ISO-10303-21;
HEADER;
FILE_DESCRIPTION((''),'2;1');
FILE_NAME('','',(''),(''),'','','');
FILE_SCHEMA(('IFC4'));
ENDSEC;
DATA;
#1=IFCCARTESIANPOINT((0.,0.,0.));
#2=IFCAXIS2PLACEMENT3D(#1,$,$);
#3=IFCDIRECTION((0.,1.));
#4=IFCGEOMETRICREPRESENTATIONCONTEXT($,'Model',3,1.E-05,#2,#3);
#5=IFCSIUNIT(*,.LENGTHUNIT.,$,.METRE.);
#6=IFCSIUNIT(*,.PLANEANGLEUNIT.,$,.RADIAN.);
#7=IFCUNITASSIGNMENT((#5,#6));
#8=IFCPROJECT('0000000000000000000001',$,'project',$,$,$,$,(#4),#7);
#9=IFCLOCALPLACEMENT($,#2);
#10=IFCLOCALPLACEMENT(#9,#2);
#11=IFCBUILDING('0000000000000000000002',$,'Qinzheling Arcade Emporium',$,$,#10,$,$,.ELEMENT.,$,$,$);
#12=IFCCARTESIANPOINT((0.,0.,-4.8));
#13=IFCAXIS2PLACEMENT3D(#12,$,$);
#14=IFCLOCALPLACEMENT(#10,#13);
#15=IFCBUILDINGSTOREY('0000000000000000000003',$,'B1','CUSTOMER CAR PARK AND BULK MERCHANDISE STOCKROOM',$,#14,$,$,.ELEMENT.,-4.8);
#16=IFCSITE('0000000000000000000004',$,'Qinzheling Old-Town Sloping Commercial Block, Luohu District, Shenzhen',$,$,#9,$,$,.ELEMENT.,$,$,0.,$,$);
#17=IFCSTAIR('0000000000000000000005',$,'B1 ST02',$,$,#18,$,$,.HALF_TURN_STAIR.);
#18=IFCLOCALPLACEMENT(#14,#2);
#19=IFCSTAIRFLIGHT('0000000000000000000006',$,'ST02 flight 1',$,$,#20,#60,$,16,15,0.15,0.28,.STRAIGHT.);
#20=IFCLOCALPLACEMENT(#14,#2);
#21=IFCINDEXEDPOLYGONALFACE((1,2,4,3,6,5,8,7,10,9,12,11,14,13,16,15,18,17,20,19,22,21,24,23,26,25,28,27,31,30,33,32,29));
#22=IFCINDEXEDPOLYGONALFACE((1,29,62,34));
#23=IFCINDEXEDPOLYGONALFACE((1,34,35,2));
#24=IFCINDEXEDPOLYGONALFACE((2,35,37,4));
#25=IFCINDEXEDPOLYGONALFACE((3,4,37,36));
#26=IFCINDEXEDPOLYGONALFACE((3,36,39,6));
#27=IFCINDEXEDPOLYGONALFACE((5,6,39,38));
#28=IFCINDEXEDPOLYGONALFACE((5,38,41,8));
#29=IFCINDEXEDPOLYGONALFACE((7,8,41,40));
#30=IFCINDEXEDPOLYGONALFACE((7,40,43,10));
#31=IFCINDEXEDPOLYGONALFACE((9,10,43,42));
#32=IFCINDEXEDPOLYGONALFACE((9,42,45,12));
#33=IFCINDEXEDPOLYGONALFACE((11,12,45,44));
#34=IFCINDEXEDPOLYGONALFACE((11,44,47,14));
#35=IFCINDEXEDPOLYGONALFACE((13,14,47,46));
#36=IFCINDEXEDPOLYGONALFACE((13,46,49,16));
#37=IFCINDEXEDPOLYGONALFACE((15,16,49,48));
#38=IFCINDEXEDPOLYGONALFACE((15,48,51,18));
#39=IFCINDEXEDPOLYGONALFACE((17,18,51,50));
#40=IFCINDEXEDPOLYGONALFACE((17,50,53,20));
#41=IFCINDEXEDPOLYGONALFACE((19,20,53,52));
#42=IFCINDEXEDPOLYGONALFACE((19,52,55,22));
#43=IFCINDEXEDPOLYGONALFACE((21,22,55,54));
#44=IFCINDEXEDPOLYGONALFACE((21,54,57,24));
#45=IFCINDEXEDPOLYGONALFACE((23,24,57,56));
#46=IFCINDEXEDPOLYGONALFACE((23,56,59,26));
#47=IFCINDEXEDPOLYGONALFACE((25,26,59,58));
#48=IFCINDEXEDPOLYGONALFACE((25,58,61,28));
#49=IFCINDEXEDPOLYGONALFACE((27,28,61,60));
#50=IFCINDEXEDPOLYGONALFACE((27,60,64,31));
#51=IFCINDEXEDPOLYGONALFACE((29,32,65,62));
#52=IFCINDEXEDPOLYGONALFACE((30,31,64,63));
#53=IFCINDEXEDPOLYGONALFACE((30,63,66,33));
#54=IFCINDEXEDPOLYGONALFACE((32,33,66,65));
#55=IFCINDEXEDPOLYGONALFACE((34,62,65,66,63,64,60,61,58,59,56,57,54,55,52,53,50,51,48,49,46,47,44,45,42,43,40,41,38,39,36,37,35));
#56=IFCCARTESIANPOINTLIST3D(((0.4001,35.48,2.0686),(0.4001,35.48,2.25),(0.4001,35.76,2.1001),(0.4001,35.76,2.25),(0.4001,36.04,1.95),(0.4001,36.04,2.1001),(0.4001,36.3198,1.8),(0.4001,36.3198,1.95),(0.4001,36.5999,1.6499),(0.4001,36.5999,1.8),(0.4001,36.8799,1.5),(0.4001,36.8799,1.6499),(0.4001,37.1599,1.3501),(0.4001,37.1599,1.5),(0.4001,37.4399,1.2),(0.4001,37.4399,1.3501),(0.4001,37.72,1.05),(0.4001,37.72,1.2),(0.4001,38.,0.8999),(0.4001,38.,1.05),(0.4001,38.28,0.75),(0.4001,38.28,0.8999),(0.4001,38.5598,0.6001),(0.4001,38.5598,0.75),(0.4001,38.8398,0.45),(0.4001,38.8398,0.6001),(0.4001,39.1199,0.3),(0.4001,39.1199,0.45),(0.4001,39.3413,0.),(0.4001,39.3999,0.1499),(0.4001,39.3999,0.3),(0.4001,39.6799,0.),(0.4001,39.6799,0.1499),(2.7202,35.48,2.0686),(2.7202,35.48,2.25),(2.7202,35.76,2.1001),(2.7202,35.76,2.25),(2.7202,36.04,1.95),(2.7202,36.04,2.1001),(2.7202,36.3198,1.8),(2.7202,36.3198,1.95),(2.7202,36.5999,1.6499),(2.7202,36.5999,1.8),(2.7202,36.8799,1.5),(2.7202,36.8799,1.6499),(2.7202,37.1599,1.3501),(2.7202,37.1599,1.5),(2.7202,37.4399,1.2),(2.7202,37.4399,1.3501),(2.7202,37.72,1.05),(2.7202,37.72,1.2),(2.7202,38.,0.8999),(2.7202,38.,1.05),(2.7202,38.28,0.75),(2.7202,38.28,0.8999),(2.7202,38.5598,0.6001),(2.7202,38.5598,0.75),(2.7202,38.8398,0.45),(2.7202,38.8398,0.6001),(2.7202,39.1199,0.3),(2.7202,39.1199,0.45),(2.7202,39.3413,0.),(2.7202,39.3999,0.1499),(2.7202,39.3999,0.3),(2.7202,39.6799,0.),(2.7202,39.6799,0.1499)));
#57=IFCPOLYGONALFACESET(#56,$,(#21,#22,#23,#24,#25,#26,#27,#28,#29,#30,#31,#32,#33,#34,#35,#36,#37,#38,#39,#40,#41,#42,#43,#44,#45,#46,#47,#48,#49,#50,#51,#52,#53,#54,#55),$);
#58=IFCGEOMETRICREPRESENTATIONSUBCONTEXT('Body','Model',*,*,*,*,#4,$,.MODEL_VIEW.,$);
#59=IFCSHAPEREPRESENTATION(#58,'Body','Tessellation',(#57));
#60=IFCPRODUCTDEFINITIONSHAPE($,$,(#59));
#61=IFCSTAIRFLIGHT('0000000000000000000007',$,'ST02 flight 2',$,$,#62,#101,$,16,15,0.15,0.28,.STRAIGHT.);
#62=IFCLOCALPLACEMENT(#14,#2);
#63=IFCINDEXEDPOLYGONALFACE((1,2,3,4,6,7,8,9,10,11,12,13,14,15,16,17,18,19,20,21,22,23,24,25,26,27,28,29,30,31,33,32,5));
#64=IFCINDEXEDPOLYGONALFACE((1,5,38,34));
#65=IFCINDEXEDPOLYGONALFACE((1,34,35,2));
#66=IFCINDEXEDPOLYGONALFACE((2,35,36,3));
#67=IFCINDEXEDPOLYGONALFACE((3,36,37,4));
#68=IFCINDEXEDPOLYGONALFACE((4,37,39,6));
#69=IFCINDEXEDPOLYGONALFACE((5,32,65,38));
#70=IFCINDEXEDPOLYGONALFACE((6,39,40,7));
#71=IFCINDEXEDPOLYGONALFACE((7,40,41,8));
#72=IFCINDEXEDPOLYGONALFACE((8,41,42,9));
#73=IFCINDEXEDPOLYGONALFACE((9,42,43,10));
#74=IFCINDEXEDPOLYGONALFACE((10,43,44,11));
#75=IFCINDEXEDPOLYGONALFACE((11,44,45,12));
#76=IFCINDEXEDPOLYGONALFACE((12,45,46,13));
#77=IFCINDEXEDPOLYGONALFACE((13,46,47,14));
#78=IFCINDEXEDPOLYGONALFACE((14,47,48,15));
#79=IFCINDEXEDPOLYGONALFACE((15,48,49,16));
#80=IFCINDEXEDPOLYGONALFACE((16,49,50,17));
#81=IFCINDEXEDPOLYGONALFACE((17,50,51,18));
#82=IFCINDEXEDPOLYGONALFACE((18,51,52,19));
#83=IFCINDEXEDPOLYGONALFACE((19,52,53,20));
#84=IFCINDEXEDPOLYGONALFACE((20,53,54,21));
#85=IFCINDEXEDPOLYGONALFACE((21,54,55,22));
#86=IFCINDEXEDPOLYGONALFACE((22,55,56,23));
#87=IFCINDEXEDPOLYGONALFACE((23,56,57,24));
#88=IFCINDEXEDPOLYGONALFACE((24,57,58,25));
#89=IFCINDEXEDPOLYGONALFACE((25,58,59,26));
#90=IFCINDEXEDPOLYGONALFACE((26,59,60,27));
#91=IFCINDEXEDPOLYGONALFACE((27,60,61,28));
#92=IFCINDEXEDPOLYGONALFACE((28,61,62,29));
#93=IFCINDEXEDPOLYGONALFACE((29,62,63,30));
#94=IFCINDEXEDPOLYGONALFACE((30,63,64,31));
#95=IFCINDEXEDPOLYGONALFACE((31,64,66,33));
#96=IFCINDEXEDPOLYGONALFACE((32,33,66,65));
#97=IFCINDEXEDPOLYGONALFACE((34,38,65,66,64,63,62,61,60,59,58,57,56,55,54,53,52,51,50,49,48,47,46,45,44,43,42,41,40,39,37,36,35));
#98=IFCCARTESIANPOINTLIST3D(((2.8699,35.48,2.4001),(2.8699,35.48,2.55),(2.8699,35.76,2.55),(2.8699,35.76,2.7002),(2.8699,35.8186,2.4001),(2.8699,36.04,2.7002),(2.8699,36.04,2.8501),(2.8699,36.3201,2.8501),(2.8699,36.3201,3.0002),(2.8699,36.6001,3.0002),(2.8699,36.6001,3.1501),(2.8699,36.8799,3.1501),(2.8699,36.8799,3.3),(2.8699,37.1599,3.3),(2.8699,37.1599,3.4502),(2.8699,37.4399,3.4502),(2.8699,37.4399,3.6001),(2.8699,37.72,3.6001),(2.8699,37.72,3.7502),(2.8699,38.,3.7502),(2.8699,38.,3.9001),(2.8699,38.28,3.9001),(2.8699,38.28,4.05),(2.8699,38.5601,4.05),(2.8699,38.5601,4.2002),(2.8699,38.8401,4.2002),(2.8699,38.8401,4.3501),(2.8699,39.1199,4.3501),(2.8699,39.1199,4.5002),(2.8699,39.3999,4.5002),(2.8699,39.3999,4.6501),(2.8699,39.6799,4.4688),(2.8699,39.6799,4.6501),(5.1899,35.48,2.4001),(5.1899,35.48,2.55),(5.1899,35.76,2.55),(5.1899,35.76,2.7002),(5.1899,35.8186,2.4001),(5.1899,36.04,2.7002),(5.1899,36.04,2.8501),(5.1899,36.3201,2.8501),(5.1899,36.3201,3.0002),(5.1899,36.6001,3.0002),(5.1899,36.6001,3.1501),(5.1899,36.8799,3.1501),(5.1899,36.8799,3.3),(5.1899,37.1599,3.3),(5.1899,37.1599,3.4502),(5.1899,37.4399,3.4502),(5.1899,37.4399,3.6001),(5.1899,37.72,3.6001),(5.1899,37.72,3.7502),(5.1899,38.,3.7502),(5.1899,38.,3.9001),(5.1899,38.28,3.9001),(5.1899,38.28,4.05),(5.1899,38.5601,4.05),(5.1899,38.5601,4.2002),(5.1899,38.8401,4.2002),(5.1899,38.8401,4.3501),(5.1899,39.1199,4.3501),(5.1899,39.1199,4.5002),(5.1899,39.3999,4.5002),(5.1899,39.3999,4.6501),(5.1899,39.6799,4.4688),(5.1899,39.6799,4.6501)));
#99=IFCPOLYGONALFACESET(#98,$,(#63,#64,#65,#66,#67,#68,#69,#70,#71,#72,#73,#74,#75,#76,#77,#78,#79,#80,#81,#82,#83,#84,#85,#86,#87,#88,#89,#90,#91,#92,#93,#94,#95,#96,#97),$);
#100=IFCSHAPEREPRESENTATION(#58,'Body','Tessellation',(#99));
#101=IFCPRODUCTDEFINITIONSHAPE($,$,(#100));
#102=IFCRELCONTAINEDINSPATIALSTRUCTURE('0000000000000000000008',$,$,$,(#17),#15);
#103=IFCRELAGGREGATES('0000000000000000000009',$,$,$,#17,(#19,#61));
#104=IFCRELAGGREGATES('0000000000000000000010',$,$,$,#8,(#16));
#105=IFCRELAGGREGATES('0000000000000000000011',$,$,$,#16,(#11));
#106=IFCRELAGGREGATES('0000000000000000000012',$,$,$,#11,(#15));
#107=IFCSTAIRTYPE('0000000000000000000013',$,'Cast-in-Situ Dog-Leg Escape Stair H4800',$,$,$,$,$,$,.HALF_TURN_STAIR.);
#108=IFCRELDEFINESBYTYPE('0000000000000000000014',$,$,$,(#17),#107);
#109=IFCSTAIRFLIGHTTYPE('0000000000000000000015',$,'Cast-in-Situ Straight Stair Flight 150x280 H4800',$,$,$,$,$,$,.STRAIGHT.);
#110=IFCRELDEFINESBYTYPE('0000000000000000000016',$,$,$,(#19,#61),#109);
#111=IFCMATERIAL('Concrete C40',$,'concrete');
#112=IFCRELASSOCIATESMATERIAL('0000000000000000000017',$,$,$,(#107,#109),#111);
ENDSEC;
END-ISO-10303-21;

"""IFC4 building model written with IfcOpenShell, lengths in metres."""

from ifc_helpers import new_model, si_unit, direction, frame, origin, place, context, subcontext, project, spatial, polyline, outline, extrude, material, type_object, element, aggregate, save


model = new_model("IFC4")

# Units and contexts
model_context = context("Model", 3, precision=1e-05, world=origin(), true_north=direction((0.0, 1.0)))
body_context = subcontext(model_context, "Body", "Model", "MODEL_VIEW")
ifc_project = project(units=[si_unit("LENGTHUNIT", "METRE"), si_unit("PLANEANGLEUNIT", "RADIAN")], contexts=[model_context])

# Site, building, storey
site_placement = place(None, origin())
site = spatial("IfcSite", under=ifc_project, at=site_placement, Name="Qinzheling Old-Town Sloping Commercial Block, Luohu District, Shenzhen", CompositionType="ELEMENT", RefElevation=0.0)
building_placement = place(site_placement, origin())
building = spatial("IfcBuilding", under=site, at=building_placement, Name="Qinzheling Arcade Emporium", CompositionType="ELEMENT")
storey_placement = place(building_placement, frame((0.0, 0.0, -4.8)))
storey = spatial("IfcBuildingStorey", under=building, at=storey_placement, Name="B1", Description="CUSTOMER CAR PARK AND BULK MERCHANDISE STOCKROOM", CompositionType="ELEMENT", Elevation=-4.8)

# Shared definitions
ifc_material_1 = material(Name="Concrete C40", Category="concrete")

# Stair, stair flights
stair_type = type_object("IfcStairType", Name="Cast-in-Situ Dog-Leg Escape Stair H4800", PredefinedType="HALF_TURN_STAIR", material=ifc_material_1)
stair_placement = place(storey_placement, origin())
stair = element("IfcStair", 1, at=stair_placement, inside=storey, type_object=stair_type, Name="B1 ST02", PredefinedType="HALF_TURN_STAIR")
stair_flight_type = type_object("IfcStairFlightType", Name="Cast-in-Situ Straight Stair Flight 150x280 H4800", PredefinedType="STRAIGHT", material=ifc_material_1)
stair_flight_1_placement = place(storey_placement, frame((1.5601, 39.6799, 0.0), z_axis=(0.0, 0.0, 1.0), x_axis=(0.0, -1.0, 0.0)))
stair_flight_1 = element("IfcStairFlight", 2, at=stair_flight_1_placement, type_object=stair_flight_type, Name="ST02 flight 1", NumberOfRisers=16, NumberOfTreads=15, PredefinedType="STRAIGHT", RiserHeight=0.15, TreadLength=0.28, context=body_context, shape_type="SweptSolid", body=[
    extrude(outline(polyline([(0.0, 0.0), (0.0, 0.1499), (0.28, 0.1499), (0.28, 0.3), (0.5601, 0.3), (0.5601, 0.45), (0.8401, 0.45), (0.8401, 0.6001), (1.1201, 0.6001), (1.1201, 0.75), (1.3999, 0.75), (1.3999, 0.8999), (1.6799, 0.8999), (1.6799, 1.05), (1.96, 1.05), (1.96, 1.2), (2.24, 1.2), (2.24, 1.3501), (2.52, 1.3501), (2.52, 1.5), (2.8, 1.5), (2.8, 1.6499), (3.0801, 1.6499), (3.0801, 1.8), (3.3601, 1.8), (3.3601, 1.95), (3.6399, 1.95), (3.6399, 2.1001), (3.9199, 2.1001), (3.9199, 2.25), (4.2, 2.25), (4.2, 2.3999), (4.2, 2.0686), (0.3386, 0.0), (0.0, 0.0)])), frame((0.0, 1.1602, 0.0), z_axis=(0.0, -1.0, 0.0), x_axis=(1.0, 0.0, 0.0)), (0.0, 0.0, 1.0), 2.3201),
])
stair_flight_2_placement = place(storey_placement, frame((4.03, 35.48, 2.4001), z_axis=(0.0, 0.0, 1.0), x_axis=(0.0, 1.0, 0.0)))
stair_flight_2 = element("IfcStairFlight", 3, at=stair_flight_2_placement, type_object=stair_flight_type, Name="ST02 flight 2", NumberOfRisers=16, NumberOfTreads=15, PredefinedType="STRAIGHT", RiserHeight=0.15, TreadLength=0.28, context=body_context, shape_type="SweptSolid", body=[
    extrude(outline(polyline([(0.0, 0.0), (0.0, 0.1499), (0.28, 0.1499), (0.28, 0.3), (0.5601, 0.3), (0.5601, 0.45), (0.8401, 0.45), (0.8401, 0.6001), (1.1201, 0.6001), (1.1201, 0.75), (1.3999, 0.75), (1.3999, 0.8999), (1.6799, 0.8999), (1.6799, 1.05), (1.96, 1.05), (1.96, 1.2), (2.24, 1.2), (2.24, 1.3501), (2.52, 1.3501), (2.52, 1.5), (2.8, 1.5), (2.8, 1.6499), (3.0801, 1.6499), (3.0801, 1.8), (3.3601, 1.8), (3.3601, 1.95), (3.6399, 1.95), (3.6399, 2.1001), (3.9199, 2.1001), (3.9199, 2.25), (4.2, 2.25), (4.2, 2.3999), (4.2, 2.0686), (0.3386, 0.0), (0.0, 0.0)])), frame((0.0, 1.1602, 0.0), z_axis=(0.0, -1.0, 0.0), x_axis=(1.0, 0.0, 0.0)), (0.0, 0.0, 1.0), 2.3201),
])
aggregate(stair, [stair_flight_1, stair_flight_2])

save(model, "model.ifc")
